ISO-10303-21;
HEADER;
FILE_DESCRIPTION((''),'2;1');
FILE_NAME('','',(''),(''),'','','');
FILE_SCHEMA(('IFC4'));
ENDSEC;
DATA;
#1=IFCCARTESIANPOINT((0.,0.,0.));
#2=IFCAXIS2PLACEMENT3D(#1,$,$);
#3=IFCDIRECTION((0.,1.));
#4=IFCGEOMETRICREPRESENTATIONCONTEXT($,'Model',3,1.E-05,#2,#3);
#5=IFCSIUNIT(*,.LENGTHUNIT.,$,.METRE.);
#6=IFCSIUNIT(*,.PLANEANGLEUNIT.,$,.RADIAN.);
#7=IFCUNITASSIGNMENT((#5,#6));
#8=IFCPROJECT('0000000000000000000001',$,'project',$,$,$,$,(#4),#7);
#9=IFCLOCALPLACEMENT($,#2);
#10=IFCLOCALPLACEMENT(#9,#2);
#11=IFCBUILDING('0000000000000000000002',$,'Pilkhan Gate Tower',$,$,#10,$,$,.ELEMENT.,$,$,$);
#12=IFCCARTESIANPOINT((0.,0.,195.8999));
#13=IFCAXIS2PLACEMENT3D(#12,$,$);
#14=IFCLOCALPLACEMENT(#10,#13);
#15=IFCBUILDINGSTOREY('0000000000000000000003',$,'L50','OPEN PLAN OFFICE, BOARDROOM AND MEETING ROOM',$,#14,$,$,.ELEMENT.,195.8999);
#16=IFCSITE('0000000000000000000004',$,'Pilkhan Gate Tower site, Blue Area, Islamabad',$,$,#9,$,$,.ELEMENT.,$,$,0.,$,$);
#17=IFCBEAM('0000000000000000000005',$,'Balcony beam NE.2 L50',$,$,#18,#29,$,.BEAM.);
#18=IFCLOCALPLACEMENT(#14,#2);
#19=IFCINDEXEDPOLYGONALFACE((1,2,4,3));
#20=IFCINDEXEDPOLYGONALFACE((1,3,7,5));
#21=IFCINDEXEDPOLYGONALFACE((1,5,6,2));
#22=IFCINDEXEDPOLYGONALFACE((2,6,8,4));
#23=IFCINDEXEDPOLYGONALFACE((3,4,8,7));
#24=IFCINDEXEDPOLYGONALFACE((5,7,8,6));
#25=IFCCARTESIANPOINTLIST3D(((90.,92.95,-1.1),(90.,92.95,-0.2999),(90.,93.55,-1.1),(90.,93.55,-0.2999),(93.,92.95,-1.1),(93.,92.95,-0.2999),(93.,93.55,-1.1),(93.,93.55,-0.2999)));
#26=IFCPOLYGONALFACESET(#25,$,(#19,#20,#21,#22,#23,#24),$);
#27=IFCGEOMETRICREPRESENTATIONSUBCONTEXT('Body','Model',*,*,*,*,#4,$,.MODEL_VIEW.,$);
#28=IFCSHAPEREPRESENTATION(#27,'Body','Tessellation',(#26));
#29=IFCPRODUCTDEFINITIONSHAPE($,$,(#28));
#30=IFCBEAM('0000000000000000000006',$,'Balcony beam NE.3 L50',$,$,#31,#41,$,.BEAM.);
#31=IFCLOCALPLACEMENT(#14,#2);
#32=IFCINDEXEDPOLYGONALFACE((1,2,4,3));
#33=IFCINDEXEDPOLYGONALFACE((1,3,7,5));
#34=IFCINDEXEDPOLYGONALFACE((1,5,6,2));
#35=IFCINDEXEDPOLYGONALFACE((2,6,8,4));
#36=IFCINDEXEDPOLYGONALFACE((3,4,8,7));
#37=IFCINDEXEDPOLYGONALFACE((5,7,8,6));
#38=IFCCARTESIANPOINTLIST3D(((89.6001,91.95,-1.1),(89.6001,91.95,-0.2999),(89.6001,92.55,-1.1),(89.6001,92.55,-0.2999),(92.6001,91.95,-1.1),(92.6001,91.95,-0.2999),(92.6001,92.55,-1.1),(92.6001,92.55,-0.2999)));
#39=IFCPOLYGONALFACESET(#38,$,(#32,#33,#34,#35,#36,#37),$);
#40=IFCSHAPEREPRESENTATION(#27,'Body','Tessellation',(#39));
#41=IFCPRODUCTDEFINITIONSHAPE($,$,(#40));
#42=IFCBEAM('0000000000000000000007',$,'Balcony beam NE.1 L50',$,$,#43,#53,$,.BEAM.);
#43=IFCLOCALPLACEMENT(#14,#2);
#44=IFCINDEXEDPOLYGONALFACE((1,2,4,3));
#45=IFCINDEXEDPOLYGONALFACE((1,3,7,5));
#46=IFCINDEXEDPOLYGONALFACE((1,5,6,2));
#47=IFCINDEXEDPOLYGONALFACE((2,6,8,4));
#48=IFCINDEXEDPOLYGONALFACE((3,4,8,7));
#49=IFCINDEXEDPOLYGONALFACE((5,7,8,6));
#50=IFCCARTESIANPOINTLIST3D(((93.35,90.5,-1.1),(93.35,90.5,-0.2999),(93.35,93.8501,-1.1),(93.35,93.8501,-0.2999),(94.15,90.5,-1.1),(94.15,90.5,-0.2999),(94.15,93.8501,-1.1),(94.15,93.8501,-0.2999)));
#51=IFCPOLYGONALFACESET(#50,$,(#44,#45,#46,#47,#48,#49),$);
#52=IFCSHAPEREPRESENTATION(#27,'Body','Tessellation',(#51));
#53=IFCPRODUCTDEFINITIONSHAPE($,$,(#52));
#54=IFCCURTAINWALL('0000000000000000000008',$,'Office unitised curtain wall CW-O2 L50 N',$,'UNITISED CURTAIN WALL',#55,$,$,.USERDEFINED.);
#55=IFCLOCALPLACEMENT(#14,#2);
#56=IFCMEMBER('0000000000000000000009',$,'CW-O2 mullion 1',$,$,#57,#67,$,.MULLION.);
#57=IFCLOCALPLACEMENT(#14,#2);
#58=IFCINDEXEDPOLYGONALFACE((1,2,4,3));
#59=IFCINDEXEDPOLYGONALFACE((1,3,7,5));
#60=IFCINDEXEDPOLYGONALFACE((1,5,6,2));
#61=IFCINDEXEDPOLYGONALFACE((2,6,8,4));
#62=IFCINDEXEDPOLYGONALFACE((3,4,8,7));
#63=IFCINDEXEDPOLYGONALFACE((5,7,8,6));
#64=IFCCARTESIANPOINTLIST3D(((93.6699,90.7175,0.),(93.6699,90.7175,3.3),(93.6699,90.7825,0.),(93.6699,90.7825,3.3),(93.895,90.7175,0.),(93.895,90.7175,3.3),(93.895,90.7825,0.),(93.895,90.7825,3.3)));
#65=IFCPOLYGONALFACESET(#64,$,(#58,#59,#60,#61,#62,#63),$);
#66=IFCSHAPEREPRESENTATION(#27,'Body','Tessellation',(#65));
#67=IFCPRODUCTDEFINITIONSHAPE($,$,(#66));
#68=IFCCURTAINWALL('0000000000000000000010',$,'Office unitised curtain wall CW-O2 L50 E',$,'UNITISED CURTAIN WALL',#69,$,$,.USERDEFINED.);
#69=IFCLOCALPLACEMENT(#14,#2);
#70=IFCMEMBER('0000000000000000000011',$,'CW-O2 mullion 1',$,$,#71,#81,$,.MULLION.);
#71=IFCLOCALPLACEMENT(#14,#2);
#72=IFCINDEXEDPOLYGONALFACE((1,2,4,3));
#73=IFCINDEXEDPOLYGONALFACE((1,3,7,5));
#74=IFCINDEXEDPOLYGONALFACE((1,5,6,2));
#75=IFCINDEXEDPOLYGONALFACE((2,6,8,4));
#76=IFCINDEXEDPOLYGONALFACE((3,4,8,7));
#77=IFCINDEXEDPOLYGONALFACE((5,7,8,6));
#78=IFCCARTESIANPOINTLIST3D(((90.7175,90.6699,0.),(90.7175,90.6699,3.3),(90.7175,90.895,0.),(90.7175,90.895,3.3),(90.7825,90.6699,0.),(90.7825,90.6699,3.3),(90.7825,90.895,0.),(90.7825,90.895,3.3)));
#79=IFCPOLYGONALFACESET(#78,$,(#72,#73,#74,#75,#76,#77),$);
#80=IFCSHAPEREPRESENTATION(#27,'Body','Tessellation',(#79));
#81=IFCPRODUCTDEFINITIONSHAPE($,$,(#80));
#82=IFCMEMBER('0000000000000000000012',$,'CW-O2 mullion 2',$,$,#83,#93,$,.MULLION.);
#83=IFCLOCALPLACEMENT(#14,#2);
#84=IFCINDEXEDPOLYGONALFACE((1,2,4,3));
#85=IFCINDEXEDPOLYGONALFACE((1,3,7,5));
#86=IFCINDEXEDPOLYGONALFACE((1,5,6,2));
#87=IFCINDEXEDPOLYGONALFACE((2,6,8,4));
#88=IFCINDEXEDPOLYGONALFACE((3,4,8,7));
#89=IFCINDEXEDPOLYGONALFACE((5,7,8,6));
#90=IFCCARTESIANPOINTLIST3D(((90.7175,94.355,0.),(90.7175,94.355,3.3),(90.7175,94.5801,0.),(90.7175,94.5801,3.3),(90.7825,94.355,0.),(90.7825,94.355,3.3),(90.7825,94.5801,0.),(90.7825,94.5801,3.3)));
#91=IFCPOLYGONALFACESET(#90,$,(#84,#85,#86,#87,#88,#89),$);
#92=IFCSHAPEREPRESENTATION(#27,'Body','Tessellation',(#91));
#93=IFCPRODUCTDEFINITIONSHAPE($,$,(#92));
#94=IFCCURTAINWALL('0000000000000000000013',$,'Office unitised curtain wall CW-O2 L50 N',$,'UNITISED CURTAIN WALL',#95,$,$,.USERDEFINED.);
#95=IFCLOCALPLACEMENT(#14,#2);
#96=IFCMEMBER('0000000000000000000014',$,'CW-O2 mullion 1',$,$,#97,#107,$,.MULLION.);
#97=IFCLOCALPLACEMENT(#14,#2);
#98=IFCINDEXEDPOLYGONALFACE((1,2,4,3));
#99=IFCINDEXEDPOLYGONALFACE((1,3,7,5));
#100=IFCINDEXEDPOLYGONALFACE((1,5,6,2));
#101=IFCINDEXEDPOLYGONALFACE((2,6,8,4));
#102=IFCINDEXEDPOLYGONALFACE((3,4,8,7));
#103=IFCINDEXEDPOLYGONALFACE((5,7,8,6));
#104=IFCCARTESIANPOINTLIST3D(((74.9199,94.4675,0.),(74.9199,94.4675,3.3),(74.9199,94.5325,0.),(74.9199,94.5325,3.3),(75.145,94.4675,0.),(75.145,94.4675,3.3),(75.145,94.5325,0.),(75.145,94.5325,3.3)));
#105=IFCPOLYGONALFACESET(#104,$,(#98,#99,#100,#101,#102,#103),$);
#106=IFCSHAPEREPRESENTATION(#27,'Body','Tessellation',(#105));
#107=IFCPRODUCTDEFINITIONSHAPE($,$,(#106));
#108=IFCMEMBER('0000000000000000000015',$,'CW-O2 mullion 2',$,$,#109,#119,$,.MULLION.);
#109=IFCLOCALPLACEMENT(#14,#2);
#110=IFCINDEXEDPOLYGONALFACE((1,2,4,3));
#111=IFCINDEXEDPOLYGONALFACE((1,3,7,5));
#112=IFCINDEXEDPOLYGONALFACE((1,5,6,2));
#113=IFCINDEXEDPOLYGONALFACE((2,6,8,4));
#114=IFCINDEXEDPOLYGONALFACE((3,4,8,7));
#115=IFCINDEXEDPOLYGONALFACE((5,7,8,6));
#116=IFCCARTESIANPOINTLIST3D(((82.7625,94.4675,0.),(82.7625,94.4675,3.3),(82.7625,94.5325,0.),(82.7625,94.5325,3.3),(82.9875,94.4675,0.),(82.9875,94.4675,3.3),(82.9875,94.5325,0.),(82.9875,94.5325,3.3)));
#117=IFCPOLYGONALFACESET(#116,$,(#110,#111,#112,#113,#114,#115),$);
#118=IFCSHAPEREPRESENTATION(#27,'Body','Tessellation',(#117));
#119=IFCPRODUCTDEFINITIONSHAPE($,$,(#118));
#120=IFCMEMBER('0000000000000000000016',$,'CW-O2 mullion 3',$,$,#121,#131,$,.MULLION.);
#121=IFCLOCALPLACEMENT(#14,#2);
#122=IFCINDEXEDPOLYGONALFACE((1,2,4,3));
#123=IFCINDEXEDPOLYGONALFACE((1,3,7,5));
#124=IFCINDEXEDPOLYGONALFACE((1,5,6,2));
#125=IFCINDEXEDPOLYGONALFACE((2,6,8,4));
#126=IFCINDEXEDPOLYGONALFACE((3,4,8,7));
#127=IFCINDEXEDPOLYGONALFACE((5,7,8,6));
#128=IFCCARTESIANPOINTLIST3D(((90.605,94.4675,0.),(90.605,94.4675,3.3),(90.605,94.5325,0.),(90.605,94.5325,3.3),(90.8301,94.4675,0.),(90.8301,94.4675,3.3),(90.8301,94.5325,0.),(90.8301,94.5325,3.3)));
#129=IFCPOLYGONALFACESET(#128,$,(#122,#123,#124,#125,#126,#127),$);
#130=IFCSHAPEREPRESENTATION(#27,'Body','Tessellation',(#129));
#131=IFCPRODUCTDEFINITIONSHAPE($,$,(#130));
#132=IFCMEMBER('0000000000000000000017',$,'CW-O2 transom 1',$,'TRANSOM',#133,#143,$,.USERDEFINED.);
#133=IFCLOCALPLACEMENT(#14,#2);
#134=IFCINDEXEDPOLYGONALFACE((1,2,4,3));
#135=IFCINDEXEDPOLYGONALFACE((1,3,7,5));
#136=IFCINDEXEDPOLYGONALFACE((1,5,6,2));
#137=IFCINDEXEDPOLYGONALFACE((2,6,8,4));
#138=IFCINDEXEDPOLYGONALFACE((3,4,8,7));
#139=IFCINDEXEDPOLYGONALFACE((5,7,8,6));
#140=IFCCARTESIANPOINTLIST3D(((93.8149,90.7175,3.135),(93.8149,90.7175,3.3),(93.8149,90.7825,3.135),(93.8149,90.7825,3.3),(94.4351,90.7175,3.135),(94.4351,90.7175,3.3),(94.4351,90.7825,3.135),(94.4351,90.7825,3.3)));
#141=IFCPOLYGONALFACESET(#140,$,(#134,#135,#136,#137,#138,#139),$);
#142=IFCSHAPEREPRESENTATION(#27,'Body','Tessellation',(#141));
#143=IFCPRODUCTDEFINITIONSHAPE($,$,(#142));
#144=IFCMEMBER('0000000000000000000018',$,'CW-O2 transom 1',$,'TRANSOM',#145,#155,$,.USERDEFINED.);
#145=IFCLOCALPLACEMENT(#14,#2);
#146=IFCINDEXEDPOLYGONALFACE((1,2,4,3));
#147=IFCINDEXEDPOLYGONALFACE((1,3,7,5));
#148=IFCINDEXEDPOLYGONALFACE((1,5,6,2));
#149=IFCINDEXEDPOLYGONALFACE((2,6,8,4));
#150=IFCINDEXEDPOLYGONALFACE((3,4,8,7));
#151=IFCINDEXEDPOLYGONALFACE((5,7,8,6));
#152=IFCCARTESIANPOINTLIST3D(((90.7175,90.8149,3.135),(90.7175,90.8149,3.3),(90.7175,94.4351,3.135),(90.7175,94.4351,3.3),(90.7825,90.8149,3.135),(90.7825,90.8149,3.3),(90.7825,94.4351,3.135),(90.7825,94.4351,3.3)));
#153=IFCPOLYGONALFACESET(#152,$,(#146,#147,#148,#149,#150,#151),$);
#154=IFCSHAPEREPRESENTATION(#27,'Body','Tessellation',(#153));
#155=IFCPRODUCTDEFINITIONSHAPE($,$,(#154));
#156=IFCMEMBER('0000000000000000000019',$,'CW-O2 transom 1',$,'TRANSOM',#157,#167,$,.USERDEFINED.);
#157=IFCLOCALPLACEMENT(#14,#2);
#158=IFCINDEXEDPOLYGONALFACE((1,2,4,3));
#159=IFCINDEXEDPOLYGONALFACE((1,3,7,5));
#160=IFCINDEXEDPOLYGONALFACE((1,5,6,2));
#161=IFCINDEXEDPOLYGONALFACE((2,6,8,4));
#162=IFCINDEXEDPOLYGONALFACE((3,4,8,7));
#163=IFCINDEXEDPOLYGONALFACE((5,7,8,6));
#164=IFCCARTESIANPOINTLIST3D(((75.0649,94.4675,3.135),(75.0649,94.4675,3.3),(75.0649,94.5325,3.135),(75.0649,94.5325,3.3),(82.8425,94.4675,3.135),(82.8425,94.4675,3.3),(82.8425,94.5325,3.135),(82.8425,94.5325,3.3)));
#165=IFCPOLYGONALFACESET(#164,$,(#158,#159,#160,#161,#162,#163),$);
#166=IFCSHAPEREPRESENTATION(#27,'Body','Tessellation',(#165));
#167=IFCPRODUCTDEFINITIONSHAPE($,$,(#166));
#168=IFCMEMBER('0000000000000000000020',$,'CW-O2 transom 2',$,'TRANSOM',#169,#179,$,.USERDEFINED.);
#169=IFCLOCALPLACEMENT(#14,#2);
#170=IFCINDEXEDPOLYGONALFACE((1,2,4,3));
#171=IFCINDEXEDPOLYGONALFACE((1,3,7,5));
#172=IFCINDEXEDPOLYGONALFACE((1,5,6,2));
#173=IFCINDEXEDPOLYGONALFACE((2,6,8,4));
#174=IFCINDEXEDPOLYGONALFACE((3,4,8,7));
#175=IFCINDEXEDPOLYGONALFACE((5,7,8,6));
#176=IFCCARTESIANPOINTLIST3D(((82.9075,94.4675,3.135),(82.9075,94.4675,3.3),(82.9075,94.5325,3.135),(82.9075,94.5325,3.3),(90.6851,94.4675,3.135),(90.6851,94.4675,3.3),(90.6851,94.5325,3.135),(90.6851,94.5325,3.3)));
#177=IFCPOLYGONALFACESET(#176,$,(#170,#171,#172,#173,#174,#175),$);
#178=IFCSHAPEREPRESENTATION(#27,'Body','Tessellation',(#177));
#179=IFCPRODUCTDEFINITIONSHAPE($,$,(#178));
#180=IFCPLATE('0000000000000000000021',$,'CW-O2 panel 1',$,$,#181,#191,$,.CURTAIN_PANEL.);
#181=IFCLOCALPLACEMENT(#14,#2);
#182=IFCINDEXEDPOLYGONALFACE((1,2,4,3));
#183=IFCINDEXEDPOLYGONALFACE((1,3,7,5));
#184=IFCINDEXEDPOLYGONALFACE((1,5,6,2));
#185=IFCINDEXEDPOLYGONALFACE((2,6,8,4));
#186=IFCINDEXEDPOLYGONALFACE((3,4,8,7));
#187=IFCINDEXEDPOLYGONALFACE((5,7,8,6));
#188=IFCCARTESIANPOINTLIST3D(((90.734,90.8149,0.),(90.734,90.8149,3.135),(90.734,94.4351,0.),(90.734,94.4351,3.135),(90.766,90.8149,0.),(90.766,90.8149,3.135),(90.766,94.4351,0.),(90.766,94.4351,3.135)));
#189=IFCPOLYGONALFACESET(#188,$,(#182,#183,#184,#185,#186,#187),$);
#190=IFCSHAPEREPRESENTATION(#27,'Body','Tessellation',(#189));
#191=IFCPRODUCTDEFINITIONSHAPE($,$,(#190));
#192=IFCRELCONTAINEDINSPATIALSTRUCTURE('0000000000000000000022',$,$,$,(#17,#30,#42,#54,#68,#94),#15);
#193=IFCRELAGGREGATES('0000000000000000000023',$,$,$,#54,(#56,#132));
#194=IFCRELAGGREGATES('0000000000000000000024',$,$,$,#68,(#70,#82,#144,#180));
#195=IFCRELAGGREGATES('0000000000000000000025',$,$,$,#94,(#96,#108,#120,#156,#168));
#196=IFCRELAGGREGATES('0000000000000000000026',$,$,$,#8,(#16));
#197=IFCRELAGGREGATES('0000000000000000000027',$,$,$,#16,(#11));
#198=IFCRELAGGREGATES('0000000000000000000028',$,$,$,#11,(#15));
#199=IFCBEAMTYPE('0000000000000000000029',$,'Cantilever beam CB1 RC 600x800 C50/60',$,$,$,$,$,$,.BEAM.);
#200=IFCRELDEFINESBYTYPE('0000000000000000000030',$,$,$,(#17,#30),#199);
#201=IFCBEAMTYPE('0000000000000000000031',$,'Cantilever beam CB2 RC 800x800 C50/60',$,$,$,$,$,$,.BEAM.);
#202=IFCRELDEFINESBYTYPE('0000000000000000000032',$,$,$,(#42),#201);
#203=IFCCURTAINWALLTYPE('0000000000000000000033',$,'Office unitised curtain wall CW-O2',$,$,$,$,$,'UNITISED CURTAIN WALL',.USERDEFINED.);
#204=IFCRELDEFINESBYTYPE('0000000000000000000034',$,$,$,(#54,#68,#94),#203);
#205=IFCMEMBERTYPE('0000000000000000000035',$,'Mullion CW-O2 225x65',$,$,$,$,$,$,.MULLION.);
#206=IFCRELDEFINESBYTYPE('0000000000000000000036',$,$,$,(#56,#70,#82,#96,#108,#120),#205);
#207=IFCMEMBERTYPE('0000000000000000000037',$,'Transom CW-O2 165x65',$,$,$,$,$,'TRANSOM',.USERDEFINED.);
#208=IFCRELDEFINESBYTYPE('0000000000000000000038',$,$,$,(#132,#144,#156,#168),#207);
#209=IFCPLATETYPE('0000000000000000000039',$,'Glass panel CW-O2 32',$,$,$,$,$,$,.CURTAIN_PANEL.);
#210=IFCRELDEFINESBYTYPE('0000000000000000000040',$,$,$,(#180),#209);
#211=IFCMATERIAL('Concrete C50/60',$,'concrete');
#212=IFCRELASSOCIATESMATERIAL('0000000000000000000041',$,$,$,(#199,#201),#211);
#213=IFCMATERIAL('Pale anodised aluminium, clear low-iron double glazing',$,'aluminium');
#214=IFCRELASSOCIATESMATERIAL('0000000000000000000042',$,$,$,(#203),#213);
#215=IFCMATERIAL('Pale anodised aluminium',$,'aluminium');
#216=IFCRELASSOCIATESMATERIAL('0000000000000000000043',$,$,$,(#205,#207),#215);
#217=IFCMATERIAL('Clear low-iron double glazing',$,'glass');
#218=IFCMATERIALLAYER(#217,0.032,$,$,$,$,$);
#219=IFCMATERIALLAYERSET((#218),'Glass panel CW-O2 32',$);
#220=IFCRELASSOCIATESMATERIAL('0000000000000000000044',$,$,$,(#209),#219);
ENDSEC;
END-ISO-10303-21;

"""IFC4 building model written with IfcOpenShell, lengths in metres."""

from ifc_helpers import new_model, si_unit, direction, frame, origin, origin_2d, place, context, subcontext, project, spatial, rectangle, extrude, material, layer, layer_set, material_profile, profile_set, type_object, element, aggregate, save


model = new_model("IFC4")

# Units and contexts
model_context = context("Model", 3, precision=1e-05, world=origin(), true_north=direction((0.0, 1.0)))
body_context = subcontext(model_context, "Body", "Model", "MODEL_VIEW")
ifc_project = project(units=[si_unit("LENGTHUNIT", "METRE"), si_unit("PLANEANGLEUNIT", "RADIAN")], contexts=[model_context])

# Site, building, storey
site_placement = place(None, origin())
site = spatial("IfcSite", under=ifc_project, at=site_placement, Name="Pilkhan Gate Tower site, Blue Area, Islamabad", CompositionType="ELEMENT", RefElevation=0.0)
building_placement = place(site_placement, origin())
building = spatial("IfcBuilding", under=site, at=building_placement, Name="Pilkhan Gate Tower", CompositionType="ELEMENT")
storey_placement = place(building_placement, frame((0.0, 0.0, 195.8999)))
storey = spatial("IfcBuildingStorey", under=building, at=storey_placement, Name="L50", Description="OPEN PLAN OFFICE, BOARDROOM AND MEETING ROOM", CompositionType="ELEMENT", Elevation=195.8999)

# Beams
ifc_material_1 = material(Name="Concrete C50/60", Category="concrete")
ifc_material_profile_1 = material_profile(ifc_material_1, rectangle(XDim=0.6001, YDim=0.8, at=origin_2d()), Name="RC 600x800")
ifc_profile_set_1 = profile_set([ifc_material_profile_1], Name="Concrete C50/60")
beam_type_1 = type_object("IfcBeamType", Name="Cantilever beam CB1 RC 600x800 C50/60", PredefinedType="BEAM", material=ifc_profile_set_1)
for number, where, z_axis, x_axis, name in (
    (1, (90.0, 93.25, -0.7), (1.0, 0.0, 0.0), (0.0, 1.0, 0.0), "Balcony beam NE.2 L50"),
    (2, (89.6001, 92.25, -0.7), (1.0, 0.0, 0.0), (0.0, 1.0, 0.0), "Balcony beam NE.3 L50"),
):
    element("IfcBeam", number, at=place(storey_placement, frame(where, z_axis=z_axis, x_axis=x_axis)), inside=storey, type_object=beam_type_1, Name=name, PredefinedType="BEAM", context=body_context, shape_type="SweptSolid", body=[
        extrude(rectangle(XDim=0.6001, YDim=0.8, at=origin_2d()), origin(), (0.0, 0.0, 1.0), 3.0),
    ])
ifc_material_profile_2 = material_profile(ifc_material_1, rectangle(XDim=0.8, YDim=0.8, at=origin_2d()), Name="RC 800x800")
ifc_profile_set_2 = profile_set([ifc_material_profile_2], Name="Concrete C50/60")
beam_type_2 = type_object("IfcBeamType", Name="Cantilever beam CB2 RC 800x800 C50/60", PredefinedType="BEAM", material=ifc_profile_set_2)
beam_placement = place(storey_placement, frame((93.75, 90.5, -0.7), z_axis=(0.0, 1.0, 0.0), x_axis=(-1.0, 0.0, 0.0)))
element("IfcBeam", 3, at=beam_placement, inside=storey, type_object=beam_type_2, Name="Balcony beam NE.1 L50", PredefinedType="BEAM", context=body_context, shape_type="SweptSolid", body=[
    extrude(rectangle(XDim=0.8, YDim=0.8, at=origin_2d()), origin(), (0.0, 0.0, 1.0), 3.3501),
])

# Curtain wall, member
ifc_material_2 = material(Name="Pale anodised aluminium, clear low-iron double glazing", Category="aluminium")
curtain_wall_type = type_object("IfcCurtainWallType", Name="Office unitised curtain wall CW-O2", ElementType="UNITISED CURTAIN WALL", PredefinedType="USERDEFINED", material=ifc_material_2)
curtain_wall_1_placement = place(storey_placement, origin())
curtain_wall_1 = element("IfcCurtainWall", 4, at=curtain_wall_1_placement, inside=storey, type_object=curtain_wall_type, Name="Office unitised curtain wall CW-O2 L50 N", ObjectType="UNITISED CURTAIN WALL", PredefinedType="USERDEFINED")
ifc_material_3 = material(Name="Pale anodised aluminium", Category="aluminium")
ifc_material_profile_3 = material_profile(ifc_material_3, rectangle(XDim=0.0649, YDim=0.2251, at=origin_2d()), Name="Mullion 225x65")
ifc_profile_set_3 = profile_set([ifc_material_profile_3], Name="Pale anodised aluminium")
member_type_1 = type_object("IfcMemberType", Name="Mullion CW-O2 225x65", PredefinedType="MULLION", material=ifc_profile_set_3)
member_1_placement = place(storey_placement, frame((93.7825, 90.75, 0.0), z_axis=(0.0, 0.0, 1.0), x_axis=(0.0, 1.0, 0.0)))
member_1 = element("IfcMember", 5, at=member_1_placement, type_object=member_type_1, Name="CW-O2 mullion 1", PredefinedType="MULLION", context=body_context, shape_type="SweptSolid", body=[
    extrude(rectangle(XDim=0.0649, YDim=0.2251, at=origin_2d()), origin(), (0.0, 0.0, 1.0), 3.3),
])

# Curtain walls, members
curtain_wall_2_placement = place(storey_placement, origin())
curtain_wall_2 = element("IfcCurtainWall", 6, at=curtain_wall_2_placement, inside=storey, type_object=curtain_wall_type, Name="Office unitised curtain wall CW-O2 L50 E", ObjectType="UNITISED CURTAIN WALL", PredefinedType="USERDEFINED")
member_2_placement = place(storey_placement, frame((90.75, 90.7825, 0.0), z_axis=(0.0, 0.0, 1.0), x_axis=(-1.0, 0.0, 0.0)))
member_2 = element("IfcMember", 7, at=member_2_placement, type_object=member_type_1, Name="CW-O2 mullion 1", PredefinedType="MULLION", context=body_context, shape_type="SweptSolid", body=[
    extrude(rectangle(XDim=0.0649, YDim=0.2251, at=origin_2d()), origin(), (0.0, 0.0, 1.0), 3.3),
])
member_3_placement = place(storey_placement, frame((90.75, 94.4675, 0.0), z_axis=(0.0, 0.0, 1.0), x_axis=(-1.0, 0.0, 0.0)))
member_3 = element("IfcMember", 8, at=member_3_placement, type_object=member_type_1, Name="CW-O2 mullion 2", PredefinedType="MULLION", context=body_context, shape_type="SweptSolid", body=[
    extrude(rectangle(XDim=0.0649, YDim=0.2251, at=origin_2d()), origin(), (0.0, 0.0, 1.0), 3.3),
])
curtain_wall_3_placement = place(storey_placement, origin())
curtain_wall_3 = element("IfcCurtainWall", 9, at=curtain_wall_3_placement, inside=storey, type_object=curtain_wall_type, Name="Office unitised curtain wall CW-O2 L50 N", ObjectType="UNITISED CURTAIN WALL", PredefinedType="USERDEFINED")
member_4_placement = place(storey_placement, frame((75.0325, 94.5, 0.0), z_axis=(0.0, 0.0, 1.0), x_axis=(0.0, 1.0, 0.0)))
member_4 = element("IfcMember", 10, at=member_4_placement, type_object=member_type_1, Name="CW-O2 mullion 1", PredefinedType="MULLION", context=body_context, shape_type="SweptSolid", body=[
    extrude(rectangle(XDim=0.0649, YDim=0.2251, at=origin_2d()), origin(), (0.0, 0.0, 1.0), 3.3),
])
member_5_placement = place(storey_placement, frame((82.875, 94.5, 0.0), z_axis=(0.0, 0.0, 1.0), x_axis=(0.0, 1.0, 0.0)))
member_5 = element("IfcMember", 11, at=member_5_placement, type_object=member_type_1, Name="CW-O2 mullion 2", PredefinedType="MULLION", context=body_context, shape_type="SweptSolid", body=[
    extrude(rectangle(XDim=0.0649, YDim=0.2251, at=origin_2d()), origin(), (0.0, 0.0, 1.0), 3.3),
])
member_6_placement = place(storey_placement, frame((90.7175, 94.5, 0.0), z_axis=(0.0, 0.0, 1.0), x_axis=(0.0, 1.0, 0.0)))
member_6 = element("IfcMember", 12, at=member_6_placement, type_object=member_type_1, Name="CW-O2 mullion 3", PredefinedType="MULLION", context=body_context, shape_type="SweptSolid", body=[
    extrude(rectangle(XDim=0.0649, YDim=0.2251, at=origin_2d()), origin(), (0.0, 0.0, 1.0), 3.3),
])

# Members
ifc_material_profile_4 = material_profile(ifc_material_3, rectangle(XDim=0.0649, YDim=0.165, at=origin_2d()), Name="Transom 165x65")
ifc_profile_set_4 = profile_set([ifc_material_profile_4], Name="Pale anodised aluminium")
member_type_2 = type_object("IfcMemberType", Name="Transom CW-O2 165x65", ElementType="TRANSOM", PredefinedType="USERDEFINED", material=ifc_profile_set_4)
member_7_placement = place(storey_placement, frame((93.8149, 90.75, 3.2175), z_axis=(1.0, 0.0, 0.0), x_axis=(0.0, 1.0, 0.0)))
member_7 = element("IfcMember", 13, at=member_7_placement, type_object=member_type_2, Name="CW-O2 transom 1", ObjectType="TRANSOM", PredefinedType="USERDEFINED", context=body_context, shape_type="SweptSolid", body=[
    extrude(rectangle(XDim=0.0649, YDim=0.165, at=origin_2d()), origin(), (0.0, 0.0, 1.0), 0.6201),
])
aggregate(curtain_wall_1, [member_1, member_7])
member_8_placement = place(storey_placement, frame((90.75, 90.8149, 3.2175), z_axis=(0.0, 1.0, 0.0), x_axis=(-1.0, 0.0, 0.0)))
member_8 = element("IfcMember", 14, at=member_8_placement, type_object=member_type_2, Name="CW-O2 transom 1", ObjectType="TRANSOM", PredefinedType="USERDEFINED", context=body_context, shape_type="SweptSolid", body=[
    extrude(rectangle(XDim=0.0649, YDim=0.165, at=origin_2d()), origin(), (0.0, 0.0, 1.0), 3.6201),
])
member_9_placement = place(storey_placement, frame((75.0649, 94.5, 3.2175), z_axis=(1.0, 0.0, 0.0), x_axis=(0.0, 1.0, 0.0)))
member_9 = element("IfcMember", 15, at=member_9_placement, type_object=member_type_2, Name="CW-O2 transom 1", ObjectType="TRANSOM", PredefinedType="USERDEFINED", context=body_context, shape_type="SweptSolid", body=[
    extrude(rectangle(XDim=0.0649, YDim=0.165, at=origin_2d()), origin(), (0.0, 0.0, 1.0), 7.7776),
])
member_10_placement = place(storey_placement, frame((82.9075, 94.5, 3.2175), z_axis=(1.0, 0.0, 0.0), x_axis=(0.0, 1.0, 0.0)))
member_10 = element("IfcMember", 16, at=member_10_placement, type_object=member_type_2, Name="CW-O2 transom 2", ObjectType="TRANSOM", PredefinedType="USERDEFINED", context=body_context, shape_type="SweptSolid", body=[
    extrude(rectangle(XDim=0.0649, YDim=0.165, at=origin_2d()), origin(), (0.0, 0.0, 1.0), 7.7776),
])

# Plate
ifc_material_4 = material(Name="Clear low-iron double glazing", Category="glass")
ifc_layer_1 = layer(ifc_material_4, 0.032)
ifc_layer_set_1 = layer_set([ifc_layer_1], Name="Glass panel CW-O2 32")
plate_type = type_object("IfcPlateType", Name="Glass panel CW-O2 32", PredefinedType="CURTAIN_PANEL", material=ifc_layer_set_1)
plate_1_placement = place(storey_placement, frame((90.75, 92.625, 0.0), z_axis=(0.0, 0.0, 1.0), x_axis=(0.0, 1.0, 0.0)))
plate_1 = element("IfcPlate", 17, at=plate_1_placement, type_object=plate_type, Name="CW-O2 panel 1", PredefinedType="CURTAIN_PANEL", context=body_context, shape_type="SweptSolid", body=[
    extrude(rectangle(XDim=3.6201, YDim=0.032, at=origin_2d()), origin(), (0.0, 0.0, 1.0), 3.135),
])
aggregate(curtain_wall_2, [member_2, member_3, member_8, plate_1])
aggregate(curtain_wall_3, [member_4, member_5, member_6, member_9, member_10])

save(model, "model.ifc")
